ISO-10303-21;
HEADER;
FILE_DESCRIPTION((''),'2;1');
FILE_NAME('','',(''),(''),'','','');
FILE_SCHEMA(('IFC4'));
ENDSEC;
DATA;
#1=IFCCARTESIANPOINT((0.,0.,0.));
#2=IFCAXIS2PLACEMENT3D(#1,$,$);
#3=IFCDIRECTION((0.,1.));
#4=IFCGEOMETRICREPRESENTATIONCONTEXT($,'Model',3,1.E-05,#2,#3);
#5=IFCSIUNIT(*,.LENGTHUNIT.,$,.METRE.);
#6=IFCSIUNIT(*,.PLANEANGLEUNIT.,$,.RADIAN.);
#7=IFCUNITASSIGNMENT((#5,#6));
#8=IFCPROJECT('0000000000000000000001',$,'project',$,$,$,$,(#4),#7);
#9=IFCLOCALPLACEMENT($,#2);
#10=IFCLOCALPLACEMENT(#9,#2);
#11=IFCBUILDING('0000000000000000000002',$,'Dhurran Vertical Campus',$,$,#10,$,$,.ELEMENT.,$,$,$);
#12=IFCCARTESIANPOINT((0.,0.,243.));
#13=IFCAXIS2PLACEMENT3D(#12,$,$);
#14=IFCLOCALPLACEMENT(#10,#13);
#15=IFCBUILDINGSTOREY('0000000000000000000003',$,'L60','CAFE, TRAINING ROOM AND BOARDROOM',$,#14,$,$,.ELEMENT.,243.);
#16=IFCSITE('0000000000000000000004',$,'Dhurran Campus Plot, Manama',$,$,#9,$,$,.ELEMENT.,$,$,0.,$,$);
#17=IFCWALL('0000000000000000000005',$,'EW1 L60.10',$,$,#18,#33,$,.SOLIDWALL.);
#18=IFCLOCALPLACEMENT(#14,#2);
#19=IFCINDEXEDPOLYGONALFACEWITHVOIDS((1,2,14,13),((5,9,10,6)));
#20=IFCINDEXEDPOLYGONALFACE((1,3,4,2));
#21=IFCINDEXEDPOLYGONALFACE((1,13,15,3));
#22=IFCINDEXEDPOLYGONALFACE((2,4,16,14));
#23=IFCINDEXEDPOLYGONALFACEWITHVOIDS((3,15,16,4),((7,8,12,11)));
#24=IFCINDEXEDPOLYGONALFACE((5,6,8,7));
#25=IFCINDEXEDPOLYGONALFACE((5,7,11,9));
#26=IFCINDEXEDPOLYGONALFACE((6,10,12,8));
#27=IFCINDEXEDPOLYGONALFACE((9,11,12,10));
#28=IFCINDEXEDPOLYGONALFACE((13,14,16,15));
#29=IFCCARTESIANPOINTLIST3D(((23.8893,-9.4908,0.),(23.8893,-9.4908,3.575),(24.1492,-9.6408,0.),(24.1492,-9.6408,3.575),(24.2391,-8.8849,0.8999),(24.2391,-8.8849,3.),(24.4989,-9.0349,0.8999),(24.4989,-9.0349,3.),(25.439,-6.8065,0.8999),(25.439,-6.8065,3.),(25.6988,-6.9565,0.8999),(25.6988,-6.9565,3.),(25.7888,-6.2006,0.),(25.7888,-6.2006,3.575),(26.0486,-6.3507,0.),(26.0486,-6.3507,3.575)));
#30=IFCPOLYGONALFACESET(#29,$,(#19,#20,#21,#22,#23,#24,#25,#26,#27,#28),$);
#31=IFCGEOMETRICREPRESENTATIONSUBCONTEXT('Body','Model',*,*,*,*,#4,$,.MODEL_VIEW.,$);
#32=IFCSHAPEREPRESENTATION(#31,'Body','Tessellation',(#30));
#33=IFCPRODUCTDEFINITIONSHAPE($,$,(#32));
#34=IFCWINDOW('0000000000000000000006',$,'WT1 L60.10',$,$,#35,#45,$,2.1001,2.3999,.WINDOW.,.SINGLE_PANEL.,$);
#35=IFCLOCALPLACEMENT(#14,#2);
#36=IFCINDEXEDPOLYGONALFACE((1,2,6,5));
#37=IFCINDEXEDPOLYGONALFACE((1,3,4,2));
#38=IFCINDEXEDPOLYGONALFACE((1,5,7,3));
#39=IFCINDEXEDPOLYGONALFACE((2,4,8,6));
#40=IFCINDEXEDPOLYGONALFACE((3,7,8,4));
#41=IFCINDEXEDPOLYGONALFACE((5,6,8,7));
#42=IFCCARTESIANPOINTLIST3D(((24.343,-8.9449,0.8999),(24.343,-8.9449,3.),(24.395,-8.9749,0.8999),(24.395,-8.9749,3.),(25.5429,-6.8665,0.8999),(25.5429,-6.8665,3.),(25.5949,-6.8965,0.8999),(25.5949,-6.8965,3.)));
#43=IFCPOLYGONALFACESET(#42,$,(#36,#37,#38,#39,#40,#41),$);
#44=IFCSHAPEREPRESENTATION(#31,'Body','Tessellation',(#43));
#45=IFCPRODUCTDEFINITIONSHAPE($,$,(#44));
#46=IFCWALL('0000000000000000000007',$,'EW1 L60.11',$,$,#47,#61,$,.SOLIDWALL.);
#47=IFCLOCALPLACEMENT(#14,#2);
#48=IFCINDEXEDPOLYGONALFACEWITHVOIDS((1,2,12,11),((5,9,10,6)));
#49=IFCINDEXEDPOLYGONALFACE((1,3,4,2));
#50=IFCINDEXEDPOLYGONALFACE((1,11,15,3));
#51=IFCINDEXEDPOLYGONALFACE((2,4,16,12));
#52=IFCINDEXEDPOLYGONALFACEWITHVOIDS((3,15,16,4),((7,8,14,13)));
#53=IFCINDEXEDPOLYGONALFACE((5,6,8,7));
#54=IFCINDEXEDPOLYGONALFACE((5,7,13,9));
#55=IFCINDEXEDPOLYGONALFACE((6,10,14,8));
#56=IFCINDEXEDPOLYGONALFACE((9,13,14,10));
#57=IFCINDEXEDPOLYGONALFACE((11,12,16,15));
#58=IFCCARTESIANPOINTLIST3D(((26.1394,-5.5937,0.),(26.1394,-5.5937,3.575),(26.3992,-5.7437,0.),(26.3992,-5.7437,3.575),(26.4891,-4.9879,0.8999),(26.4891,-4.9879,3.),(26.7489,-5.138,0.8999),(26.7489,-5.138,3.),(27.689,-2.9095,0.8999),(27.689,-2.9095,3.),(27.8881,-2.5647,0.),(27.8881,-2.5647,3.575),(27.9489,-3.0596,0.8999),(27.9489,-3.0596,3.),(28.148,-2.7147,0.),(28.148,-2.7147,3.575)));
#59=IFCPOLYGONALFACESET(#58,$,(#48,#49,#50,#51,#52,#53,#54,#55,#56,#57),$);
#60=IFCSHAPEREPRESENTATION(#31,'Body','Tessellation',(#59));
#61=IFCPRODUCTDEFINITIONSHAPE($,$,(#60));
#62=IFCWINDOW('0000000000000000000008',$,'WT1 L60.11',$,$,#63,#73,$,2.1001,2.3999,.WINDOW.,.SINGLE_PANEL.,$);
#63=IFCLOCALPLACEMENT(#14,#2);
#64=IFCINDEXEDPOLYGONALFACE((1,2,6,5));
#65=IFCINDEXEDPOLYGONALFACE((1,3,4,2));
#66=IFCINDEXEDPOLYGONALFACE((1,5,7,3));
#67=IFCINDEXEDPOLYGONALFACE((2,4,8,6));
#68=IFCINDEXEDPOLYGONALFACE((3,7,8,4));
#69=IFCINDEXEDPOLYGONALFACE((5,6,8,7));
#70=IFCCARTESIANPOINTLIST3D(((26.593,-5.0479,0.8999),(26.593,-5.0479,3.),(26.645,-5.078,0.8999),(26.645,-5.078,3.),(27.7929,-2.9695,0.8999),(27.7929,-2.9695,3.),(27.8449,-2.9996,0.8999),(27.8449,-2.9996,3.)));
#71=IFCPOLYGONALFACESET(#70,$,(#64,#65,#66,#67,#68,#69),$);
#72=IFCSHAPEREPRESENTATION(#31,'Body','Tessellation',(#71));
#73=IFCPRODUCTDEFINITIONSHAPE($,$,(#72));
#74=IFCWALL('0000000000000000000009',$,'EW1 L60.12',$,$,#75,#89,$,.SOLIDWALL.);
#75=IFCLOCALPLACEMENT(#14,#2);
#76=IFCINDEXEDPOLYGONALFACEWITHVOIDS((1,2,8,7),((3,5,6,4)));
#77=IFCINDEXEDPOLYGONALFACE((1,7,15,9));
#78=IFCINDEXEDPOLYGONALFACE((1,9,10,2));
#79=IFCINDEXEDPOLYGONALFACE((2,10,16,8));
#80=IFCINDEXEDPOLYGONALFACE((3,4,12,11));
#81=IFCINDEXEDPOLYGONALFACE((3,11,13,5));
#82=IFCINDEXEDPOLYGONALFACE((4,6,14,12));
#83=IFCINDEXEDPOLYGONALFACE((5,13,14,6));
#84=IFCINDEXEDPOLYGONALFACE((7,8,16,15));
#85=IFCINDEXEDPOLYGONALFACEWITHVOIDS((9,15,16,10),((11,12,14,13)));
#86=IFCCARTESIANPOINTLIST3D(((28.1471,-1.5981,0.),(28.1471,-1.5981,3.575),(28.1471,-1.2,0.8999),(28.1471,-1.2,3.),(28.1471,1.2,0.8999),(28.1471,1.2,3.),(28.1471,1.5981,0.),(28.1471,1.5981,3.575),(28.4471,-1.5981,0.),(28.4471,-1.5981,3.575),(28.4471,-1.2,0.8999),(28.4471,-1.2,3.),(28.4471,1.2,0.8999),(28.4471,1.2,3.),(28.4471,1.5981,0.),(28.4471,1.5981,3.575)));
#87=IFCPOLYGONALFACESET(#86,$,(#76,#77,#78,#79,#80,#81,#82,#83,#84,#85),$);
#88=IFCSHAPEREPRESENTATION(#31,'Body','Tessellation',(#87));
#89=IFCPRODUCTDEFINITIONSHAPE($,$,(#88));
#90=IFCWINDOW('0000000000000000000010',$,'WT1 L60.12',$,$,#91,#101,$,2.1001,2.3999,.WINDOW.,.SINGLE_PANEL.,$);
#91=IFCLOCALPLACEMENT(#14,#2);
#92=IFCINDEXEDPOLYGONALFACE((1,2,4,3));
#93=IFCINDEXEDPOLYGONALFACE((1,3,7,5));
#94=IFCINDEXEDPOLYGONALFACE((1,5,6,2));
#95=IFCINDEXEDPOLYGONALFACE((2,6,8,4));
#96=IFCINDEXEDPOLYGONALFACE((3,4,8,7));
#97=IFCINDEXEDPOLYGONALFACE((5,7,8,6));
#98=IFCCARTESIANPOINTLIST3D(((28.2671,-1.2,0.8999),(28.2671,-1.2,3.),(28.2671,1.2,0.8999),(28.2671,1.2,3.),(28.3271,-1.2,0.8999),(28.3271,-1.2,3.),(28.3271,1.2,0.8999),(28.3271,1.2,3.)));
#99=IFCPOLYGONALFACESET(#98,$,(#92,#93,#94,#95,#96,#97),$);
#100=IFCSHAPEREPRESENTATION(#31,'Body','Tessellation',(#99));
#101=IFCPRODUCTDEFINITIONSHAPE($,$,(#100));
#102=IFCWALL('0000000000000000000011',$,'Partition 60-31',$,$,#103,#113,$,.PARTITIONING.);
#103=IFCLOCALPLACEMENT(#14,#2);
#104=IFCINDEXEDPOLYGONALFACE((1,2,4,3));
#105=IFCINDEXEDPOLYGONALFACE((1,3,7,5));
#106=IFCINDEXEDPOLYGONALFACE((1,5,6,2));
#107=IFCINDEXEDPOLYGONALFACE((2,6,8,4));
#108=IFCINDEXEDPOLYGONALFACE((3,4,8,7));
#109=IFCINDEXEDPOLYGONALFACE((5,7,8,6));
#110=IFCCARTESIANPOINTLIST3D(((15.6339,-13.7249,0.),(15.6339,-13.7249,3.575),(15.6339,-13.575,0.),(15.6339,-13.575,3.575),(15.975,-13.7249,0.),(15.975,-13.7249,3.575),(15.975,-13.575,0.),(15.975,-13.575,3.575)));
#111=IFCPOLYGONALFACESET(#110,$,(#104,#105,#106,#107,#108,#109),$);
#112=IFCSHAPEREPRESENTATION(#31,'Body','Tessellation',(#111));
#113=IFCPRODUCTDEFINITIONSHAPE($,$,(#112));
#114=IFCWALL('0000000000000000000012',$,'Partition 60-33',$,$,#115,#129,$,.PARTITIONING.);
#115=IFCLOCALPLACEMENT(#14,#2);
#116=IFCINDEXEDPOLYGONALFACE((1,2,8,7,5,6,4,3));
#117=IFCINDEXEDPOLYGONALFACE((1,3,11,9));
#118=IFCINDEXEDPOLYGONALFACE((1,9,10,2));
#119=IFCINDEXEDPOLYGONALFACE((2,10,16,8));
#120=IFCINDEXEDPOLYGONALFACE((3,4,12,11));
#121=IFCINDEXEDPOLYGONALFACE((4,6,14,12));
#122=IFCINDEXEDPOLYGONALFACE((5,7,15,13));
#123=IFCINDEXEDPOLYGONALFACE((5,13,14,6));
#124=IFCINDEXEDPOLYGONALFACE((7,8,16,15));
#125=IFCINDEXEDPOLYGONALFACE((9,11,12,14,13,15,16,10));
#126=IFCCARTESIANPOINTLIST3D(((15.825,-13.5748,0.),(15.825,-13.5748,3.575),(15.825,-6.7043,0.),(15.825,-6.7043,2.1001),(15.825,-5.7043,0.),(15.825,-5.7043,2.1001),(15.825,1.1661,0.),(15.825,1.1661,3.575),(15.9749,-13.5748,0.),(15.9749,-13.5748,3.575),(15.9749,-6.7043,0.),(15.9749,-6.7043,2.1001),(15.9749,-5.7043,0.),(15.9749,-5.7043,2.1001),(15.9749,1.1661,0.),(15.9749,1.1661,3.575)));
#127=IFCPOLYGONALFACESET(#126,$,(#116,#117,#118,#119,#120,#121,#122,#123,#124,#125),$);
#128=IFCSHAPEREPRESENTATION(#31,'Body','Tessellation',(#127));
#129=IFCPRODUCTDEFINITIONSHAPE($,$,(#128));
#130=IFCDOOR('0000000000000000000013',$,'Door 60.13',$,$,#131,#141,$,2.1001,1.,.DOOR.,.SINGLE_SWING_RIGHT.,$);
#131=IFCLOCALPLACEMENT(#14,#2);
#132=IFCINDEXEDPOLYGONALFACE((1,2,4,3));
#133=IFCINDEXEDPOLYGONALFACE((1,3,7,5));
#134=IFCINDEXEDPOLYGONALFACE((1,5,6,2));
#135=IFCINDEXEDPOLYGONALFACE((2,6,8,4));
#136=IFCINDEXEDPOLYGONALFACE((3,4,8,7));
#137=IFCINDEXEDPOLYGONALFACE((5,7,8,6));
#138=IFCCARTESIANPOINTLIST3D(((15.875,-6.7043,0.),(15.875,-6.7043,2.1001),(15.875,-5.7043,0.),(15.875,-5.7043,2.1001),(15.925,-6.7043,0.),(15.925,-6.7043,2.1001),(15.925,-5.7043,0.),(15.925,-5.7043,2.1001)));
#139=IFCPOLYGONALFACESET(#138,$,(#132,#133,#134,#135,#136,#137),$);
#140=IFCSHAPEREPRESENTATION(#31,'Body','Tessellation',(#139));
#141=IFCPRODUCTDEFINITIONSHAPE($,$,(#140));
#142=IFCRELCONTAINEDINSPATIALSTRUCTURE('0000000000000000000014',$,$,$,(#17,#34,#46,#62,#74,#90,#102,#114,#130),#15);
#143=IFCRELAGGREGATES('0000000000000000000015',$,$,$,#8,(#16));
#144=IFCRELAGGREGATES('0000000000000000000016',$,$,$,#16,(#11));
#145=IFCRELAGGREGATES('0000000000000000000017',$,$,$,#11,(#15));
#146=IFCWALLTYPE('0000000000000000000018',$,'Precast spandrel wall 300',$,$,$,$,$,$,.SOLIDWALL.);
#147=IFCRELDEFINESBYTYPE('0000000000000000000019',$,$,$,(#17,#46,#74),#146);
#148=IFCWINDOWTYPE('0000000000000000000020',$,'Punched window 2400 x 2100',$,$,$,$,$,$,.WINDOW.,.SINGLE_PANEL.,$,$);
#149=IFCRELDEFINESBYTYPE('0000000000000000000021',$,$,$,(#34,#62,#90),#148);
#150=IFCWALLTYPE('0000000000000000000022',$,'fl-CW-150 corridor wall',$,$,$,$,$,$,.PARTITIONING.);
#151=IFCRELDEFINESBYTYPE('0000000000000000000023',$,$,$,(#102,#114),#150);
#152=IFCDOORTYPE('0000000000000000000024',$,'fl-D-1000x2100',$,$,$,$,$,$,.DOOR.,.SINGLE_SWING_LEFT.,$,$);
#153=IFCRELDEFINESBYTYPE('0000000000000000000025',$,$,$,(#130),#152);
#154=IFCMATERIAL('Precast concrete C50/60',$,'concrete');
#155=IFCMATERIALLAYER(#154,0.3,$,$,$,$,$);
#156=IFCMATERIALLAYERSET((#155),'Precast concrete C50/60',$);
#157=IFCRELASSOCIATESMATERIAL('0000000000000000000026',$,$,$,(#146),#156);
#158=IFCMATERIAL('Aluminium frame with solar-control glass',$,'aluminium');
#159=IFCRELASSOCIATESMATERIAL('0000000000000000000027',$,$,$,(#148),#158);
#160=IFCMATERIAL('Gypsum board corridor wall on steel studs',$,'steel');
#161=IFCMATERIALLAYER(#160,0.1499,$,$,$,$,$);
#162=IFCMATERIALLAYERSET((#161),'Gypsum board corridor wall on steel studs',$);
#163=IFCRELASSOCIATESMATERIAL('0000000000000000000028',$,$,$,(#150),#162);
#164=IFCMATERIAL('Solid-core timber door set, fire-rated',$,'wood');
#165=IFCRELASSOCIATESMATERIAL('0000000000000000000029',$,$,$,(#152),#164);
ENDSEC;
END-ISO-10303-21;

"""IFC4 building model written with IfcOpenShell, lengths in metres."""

from ifc_helpers import new_model, si_unit, direction, frame, frame_2d, origin, place, context, subcontext, project, spatial, rectangle, extrude, material, layer, layer_set, type_object, element, fill, save


model = new_model("IFC4")

# Units and contexts
model_context = context("Model", 3, precision=1e-05, world=origin(), true_north=direction((0.0, 1.0)))
body_context = subcontext(model_context, "Body", "Model", "MODEL_VIEW")
ifc_project = project(units=[si_unit("LENGTHUNIT", "METRE"), si_unit("PLANEANGLEUNIT", "RADIAN")], contexts=[model_context])

# Site, building, storey
site_placement = place(None, origin())
site = spatial("IfcSite", under=ifc_project, at=site_placement, Name="Dhurran Campus Plot, Manama", CompositionType="ELEMENT", RefElevation=0.0)
building_placement = place(site_placement, origin())
building = spatial("IfcBuilding", under=site, at=building_placement, Name="Dhurran Vertical Campus", CompositionType="ELEMENT")
storey_placement = place(building_placement, frame((0.0, 0.0, 243.0)))
storey = spatial("IfcBuildingStorey", under=building, at=storey_placement, Name="L60", Description="CAFE, TRAINING ROOM AND BOARDROOM", CompositionType="ELEMENT", Elevation=243.0)

# Walls, openings, windows
ifc_material_1 = material(Name="Precast concrete C50/60", Category="concrete")
ifc_layer_1 = layer(ifc_material_1, 0.3)
ifc_layer_set_1 = layer_set([ifc_layer_1], Name="Precast concrete C50/60")
wall_type_1 = type_object("IfcWallType", Name="Precast spandrel wall 300", PredefinedType="SOLIDWALL", material=ifc_layer_set_1)
ifc_material_2 = material(Name="Aluminium frame with solar-control glass", Category="aluminium")
window_type = type_object("IfcWindowType", Name="Punched window 2400 x 2100", PartitioningType="SINGLE_PANEL", PredefinedType="WINDOW", material=ifc_material_2)
wall_1_placement = place(storey_placement, frame((24.0193, -9.5657, 0.0), z_axis=(0.0, 0.0, 1.0), x_axis=(0.499982, 0.866036, 0.0)))
wall_1 = element("IfcWall", 1, at=wall_1_placement, inside=storey, type_object=wall_type_1, Name="EW1 L60.10", PredefinedType="SOLIDWALL", context=body_context, shape_type="SweptSolid", body=[
    extrude(rectangle(XDim=3.7991, YDim=0.3, at=frame_2d((1.8994, 0.0))), origin(), (0.0, 0.0, 1.0), 3.575),
])
opening_1_placement = place(wall_1_placement, frame((0.6995, 0.0, 0.8999)))
opening_1 = element("IfcOpeningElement", 2, at=opening_1_placement, cuts=wall_1, PredefinedType="OPENING", context=body_context, shape_type="SweptSolid", body=[
    extrude(rectangle(XDim=2.3999, YDim=2.1001, at=frame_2d((1.2, 1.05))), frame((0.0, 0.1599, 0.0), z_axis=(0.0, -1.0, 0.0), x_axis=(1.0, 0.0, 0.0)), (0.0, 0.0, 1.0), 0.3201),
])
window_1_placement = place(opening_1_placement, origin())
window_1 = element("IfcWindow", 3, at=window_1_placement, inside=storey, type_object=window_type, Name="WT1 L60.10", OverallHeight=2.1001, OverallWidth=2.3999, PartitioningType="SINGLE_PANEL", PredefinedType="WINDOW", context=body_context, shape_type="SweptSolid", body=[
    extrude(rectangle(XDim=2.3999, YDim=2.1001, at=frame_2d((1.2, 1.05))), frame((0.0, 0.03, 0.0), z_axis=(0.0, -1.0, 0.0), x_axis=(1.0, 0.0, 0.0)), (0.0, 0.0, 1.0), 0.0601),
])
fill(opening_1, window_1)
wall_2_placement = place(storey_placement, frame((26.2693, -5.6687, 0.0), z_axis=(0.0, 0.0, 1.0), x_axis=(0.49999, 0.866031, 0.0)))
wall_2 = element("IfcWall", 4, at=wall_2_placement, inside=storey, type_object=wall_type_1, Name="EW1 L60.11", PredefinedType="SOLIDWALL", context=body_context, shape_type="SweptSolid", body=[
    extrude(rectangle(XDim=3.4976, YDim=0.3, at=frame_2d((1.7488, 0.0))), origin(), (0.0, 0.0, 1.0), 3.575),
])
opening_2_placement = place(wall_2_placement, frame((0.6995, 0.0, 0.8999)))
opening_2 = element("IfcOpeningElement", 5, at=opening_2_placement, cuts=wall_2, PredefinedType="OPENING", context=body_context, shape_type="SweptSolid", body=[
    extrude(rectangle(XDim=2.3999, YDim=2.1001, at=frame_2d((1.2, 1.05))), frame((0.0, 0.1599, 0.0), z_axis=(0.0, -1.0, 0.0), x_axis=(1.0, 0.0, 0.0)), (0.0, 0.0, 1.0), 0.3201),
])
window_2_placement = place(opening_2_placement, origin())
window_2 = element("IfcWindow", 6, at=window_2_placement, inside=storey, type_object=window_type, Name="WT1 L60.11", OverallHeight=2.1001, OverallWidth=2.3999, PartitioningType="SINGLE_PANEL", PredefinedType="WINDOW", context=body_context, shape_type="SweptSolid", body=[
    extrude(rectangle(XDim=2.3999, YDim=2.1001, at=frame_2d((1.2, 1.05))), frame((0.0, 0.03, 0.0), z_axis=(0.0, -1.0, 0.0), x_axis=(1.0, 0.0, 0.0)), (0.0, 0.0, 1.0), 0.0601),
])
fill(opening_2, window_2)
wall_3_placement = place(storey_placement, frame((28.2971, -1.5981, 0.0), z_axis=(0.0, 0.0, 1.0), x_axis=(0.0, 1.0, 0.0)))
wall_3 = element("IfcWall", 7, at=wall_3_placement, inside=storey, type_object=wall_type_1, Name="EW1 L60.12", PredefinedType="SOLIDWALL", context=body_context, shape_type="SweptSolid", body=[
    extrude(rectangle(XDim=3.1963, YDim=0.3, at=frame_2d((1.5981, 0.0))), origin(), (0.0, 0.0, 1.0), 3.575),
])
opening_3_placement = place(wall_3_placement, frame((0.3982, 0.0, 0.8999)))
opening_3 = element("IfcOpeningElement", 8, at=opening_3_placement, cuts=wall_3, PredefinedType="OPENING", context=body_context, shape_type="SweptSolid", body=[
    extrude(rectangle(XDim=2.3999, YDim=2.1001, at=frame_2d((1.2, 1.05))), frame((0.0, 0.1599, 0.0), z_axis=(0.0, -1.0, 0.0), x_axis=(1.0, 0.0, 0.0)), (0.0, 0.0, 1.0), 0.3201),
])
window_3_placement = place(opening_3_placement, origin())
window_3 = element("IfcWindow", 9, at=window_3_placement, inside=storey, type_object=window_type, Name="WT1 L60.12", OverallHeight=2.1001, OverallWidth=2.3999, PartitioningType="SINGLE_PANEL", PredefinedType="WINDOW", context=body_context, shape_type="SweptSolid", body=[
    extrude(rectangle(XDim=2.3999, YDim=2.1001, at=frame_2d((1.2, 1.05))), frame((0.0, 0.03, 0.0), z_axis=(0.0, -1.0, 0.0), x_axis=(1.0, 0.0, 0.0)), (0.0, 0.0, 1.0), 0.0601),
])
fill(opening_3, window_3)

# Wall
ifc_material_3 = material(Name="Gypsum board corridor wall on steel studs", Category="steel")
ifc_layer_2 = layer(ifc_material_3, 0.1499)
ifc_layer_set_2 = layer_set([ifc_layer_2], Name="Gypsum board corridor wall on steel studs")
wall_type_2 = type_object("IfcWallType", Name="fl-CW-150 corridor wall", PredefinedType="PARTITIONING", material=ifc_layer_set_2)
wall_4_placement = place(storey_placement, frame((15.634, -13.6499, 0.0), z_axis=(0.0, 0.0, 1.0), x_axis=(1.0, 0.0, 0.0)))
element("IfcWall", 10, at=wall_4_placement, inside=storey, type_object=wall_type_2, Name="Partition 60-31", PredefinedType="PARTITIONING", context=body_context, shape_type="SweptSolid", body=[
    extrude(rectangle(XDim=0.3411, YDim=0.1499, at=frame_2d((0.1704, 0.0))), origin(), (0.0, 0.0, 1.0), 3.575),
])

# Wall, opening, door
wall_5_placement = place(storey_placement, frame((15.8999, -13.575, 0.0), z_axis=(0.0, 0.0, 1.0), x_axis=(0.0, 1.0, 0.0)))
wall_5 = element("IfcWall", 11, at=wall_5_placement, inside=storey, type_object=wall_type_2, Name="Partition 60-33", PredefinedType="PARTITIONING", context=body_context, shape_type="SweptSolid", body=[
    extrude(rectangle(XDim=14.741, YDim=0.1499, at=frame_2d((7.3706, 0.0))), origin(), (0.0, 0.0, 1.0), 3.575),
])
opening_4_placement = place(wall_5_placement, frame((6.8706, 0.0, 0.0)))
opening_4 = element("IfcOpeningElement", 12, at=opening_4_placement, cuts=wall_5, PredefinedType="OPENING", context=body_context, shape_type="SweptSolid", body=[
    extrude(rectangle(XDim=1.0, YDim=2.1001, at=frame_2d((0.5, 1.05))), frame((0.0, 0.085, 0.0), z_axis=(0.0, -1.0, 0.0), x_axis=(1.0, 0.0, 0.0)), (0.0, 0.0, 1.0), 0.1699),
])
ifc_material_4 = material(Name="Solid-core timber door set, fire-rated", Category="wood")
door_type = type_object("IfcDoorType", Name="fl-D-1000x2100", OperationType="SINGLE_SWING_LEFT", PredefinedType="DOOR", material=ifc_material_4)
door_placement = place(opening_4_placement, origin())
door = element("IfcDoor", 13, at=door_placement, inside=storey, type_object=door_type, Name="Door 60.13", OperationType="SINGLE_SWING_RIGHT", OverallHeight=2.1001, OverallWidth=1.0, PredefinedType="DOOR", context=body_context, shape_type="SweptSolid", body=[
    extrude(rectangle(XDim=1.0, YDim=2.1001, at=frame_2d((0.5, 1.05))), frame((0.0, 0.0249, 0.0), z_axis=(0.0, -1.0, 0.0), x_axis=(1.0, 0.0, 0.0)), (0.0, 0.0, 1.0), 0.05),
])
fill(opening_4, door)

save(model, "model.ifc")
